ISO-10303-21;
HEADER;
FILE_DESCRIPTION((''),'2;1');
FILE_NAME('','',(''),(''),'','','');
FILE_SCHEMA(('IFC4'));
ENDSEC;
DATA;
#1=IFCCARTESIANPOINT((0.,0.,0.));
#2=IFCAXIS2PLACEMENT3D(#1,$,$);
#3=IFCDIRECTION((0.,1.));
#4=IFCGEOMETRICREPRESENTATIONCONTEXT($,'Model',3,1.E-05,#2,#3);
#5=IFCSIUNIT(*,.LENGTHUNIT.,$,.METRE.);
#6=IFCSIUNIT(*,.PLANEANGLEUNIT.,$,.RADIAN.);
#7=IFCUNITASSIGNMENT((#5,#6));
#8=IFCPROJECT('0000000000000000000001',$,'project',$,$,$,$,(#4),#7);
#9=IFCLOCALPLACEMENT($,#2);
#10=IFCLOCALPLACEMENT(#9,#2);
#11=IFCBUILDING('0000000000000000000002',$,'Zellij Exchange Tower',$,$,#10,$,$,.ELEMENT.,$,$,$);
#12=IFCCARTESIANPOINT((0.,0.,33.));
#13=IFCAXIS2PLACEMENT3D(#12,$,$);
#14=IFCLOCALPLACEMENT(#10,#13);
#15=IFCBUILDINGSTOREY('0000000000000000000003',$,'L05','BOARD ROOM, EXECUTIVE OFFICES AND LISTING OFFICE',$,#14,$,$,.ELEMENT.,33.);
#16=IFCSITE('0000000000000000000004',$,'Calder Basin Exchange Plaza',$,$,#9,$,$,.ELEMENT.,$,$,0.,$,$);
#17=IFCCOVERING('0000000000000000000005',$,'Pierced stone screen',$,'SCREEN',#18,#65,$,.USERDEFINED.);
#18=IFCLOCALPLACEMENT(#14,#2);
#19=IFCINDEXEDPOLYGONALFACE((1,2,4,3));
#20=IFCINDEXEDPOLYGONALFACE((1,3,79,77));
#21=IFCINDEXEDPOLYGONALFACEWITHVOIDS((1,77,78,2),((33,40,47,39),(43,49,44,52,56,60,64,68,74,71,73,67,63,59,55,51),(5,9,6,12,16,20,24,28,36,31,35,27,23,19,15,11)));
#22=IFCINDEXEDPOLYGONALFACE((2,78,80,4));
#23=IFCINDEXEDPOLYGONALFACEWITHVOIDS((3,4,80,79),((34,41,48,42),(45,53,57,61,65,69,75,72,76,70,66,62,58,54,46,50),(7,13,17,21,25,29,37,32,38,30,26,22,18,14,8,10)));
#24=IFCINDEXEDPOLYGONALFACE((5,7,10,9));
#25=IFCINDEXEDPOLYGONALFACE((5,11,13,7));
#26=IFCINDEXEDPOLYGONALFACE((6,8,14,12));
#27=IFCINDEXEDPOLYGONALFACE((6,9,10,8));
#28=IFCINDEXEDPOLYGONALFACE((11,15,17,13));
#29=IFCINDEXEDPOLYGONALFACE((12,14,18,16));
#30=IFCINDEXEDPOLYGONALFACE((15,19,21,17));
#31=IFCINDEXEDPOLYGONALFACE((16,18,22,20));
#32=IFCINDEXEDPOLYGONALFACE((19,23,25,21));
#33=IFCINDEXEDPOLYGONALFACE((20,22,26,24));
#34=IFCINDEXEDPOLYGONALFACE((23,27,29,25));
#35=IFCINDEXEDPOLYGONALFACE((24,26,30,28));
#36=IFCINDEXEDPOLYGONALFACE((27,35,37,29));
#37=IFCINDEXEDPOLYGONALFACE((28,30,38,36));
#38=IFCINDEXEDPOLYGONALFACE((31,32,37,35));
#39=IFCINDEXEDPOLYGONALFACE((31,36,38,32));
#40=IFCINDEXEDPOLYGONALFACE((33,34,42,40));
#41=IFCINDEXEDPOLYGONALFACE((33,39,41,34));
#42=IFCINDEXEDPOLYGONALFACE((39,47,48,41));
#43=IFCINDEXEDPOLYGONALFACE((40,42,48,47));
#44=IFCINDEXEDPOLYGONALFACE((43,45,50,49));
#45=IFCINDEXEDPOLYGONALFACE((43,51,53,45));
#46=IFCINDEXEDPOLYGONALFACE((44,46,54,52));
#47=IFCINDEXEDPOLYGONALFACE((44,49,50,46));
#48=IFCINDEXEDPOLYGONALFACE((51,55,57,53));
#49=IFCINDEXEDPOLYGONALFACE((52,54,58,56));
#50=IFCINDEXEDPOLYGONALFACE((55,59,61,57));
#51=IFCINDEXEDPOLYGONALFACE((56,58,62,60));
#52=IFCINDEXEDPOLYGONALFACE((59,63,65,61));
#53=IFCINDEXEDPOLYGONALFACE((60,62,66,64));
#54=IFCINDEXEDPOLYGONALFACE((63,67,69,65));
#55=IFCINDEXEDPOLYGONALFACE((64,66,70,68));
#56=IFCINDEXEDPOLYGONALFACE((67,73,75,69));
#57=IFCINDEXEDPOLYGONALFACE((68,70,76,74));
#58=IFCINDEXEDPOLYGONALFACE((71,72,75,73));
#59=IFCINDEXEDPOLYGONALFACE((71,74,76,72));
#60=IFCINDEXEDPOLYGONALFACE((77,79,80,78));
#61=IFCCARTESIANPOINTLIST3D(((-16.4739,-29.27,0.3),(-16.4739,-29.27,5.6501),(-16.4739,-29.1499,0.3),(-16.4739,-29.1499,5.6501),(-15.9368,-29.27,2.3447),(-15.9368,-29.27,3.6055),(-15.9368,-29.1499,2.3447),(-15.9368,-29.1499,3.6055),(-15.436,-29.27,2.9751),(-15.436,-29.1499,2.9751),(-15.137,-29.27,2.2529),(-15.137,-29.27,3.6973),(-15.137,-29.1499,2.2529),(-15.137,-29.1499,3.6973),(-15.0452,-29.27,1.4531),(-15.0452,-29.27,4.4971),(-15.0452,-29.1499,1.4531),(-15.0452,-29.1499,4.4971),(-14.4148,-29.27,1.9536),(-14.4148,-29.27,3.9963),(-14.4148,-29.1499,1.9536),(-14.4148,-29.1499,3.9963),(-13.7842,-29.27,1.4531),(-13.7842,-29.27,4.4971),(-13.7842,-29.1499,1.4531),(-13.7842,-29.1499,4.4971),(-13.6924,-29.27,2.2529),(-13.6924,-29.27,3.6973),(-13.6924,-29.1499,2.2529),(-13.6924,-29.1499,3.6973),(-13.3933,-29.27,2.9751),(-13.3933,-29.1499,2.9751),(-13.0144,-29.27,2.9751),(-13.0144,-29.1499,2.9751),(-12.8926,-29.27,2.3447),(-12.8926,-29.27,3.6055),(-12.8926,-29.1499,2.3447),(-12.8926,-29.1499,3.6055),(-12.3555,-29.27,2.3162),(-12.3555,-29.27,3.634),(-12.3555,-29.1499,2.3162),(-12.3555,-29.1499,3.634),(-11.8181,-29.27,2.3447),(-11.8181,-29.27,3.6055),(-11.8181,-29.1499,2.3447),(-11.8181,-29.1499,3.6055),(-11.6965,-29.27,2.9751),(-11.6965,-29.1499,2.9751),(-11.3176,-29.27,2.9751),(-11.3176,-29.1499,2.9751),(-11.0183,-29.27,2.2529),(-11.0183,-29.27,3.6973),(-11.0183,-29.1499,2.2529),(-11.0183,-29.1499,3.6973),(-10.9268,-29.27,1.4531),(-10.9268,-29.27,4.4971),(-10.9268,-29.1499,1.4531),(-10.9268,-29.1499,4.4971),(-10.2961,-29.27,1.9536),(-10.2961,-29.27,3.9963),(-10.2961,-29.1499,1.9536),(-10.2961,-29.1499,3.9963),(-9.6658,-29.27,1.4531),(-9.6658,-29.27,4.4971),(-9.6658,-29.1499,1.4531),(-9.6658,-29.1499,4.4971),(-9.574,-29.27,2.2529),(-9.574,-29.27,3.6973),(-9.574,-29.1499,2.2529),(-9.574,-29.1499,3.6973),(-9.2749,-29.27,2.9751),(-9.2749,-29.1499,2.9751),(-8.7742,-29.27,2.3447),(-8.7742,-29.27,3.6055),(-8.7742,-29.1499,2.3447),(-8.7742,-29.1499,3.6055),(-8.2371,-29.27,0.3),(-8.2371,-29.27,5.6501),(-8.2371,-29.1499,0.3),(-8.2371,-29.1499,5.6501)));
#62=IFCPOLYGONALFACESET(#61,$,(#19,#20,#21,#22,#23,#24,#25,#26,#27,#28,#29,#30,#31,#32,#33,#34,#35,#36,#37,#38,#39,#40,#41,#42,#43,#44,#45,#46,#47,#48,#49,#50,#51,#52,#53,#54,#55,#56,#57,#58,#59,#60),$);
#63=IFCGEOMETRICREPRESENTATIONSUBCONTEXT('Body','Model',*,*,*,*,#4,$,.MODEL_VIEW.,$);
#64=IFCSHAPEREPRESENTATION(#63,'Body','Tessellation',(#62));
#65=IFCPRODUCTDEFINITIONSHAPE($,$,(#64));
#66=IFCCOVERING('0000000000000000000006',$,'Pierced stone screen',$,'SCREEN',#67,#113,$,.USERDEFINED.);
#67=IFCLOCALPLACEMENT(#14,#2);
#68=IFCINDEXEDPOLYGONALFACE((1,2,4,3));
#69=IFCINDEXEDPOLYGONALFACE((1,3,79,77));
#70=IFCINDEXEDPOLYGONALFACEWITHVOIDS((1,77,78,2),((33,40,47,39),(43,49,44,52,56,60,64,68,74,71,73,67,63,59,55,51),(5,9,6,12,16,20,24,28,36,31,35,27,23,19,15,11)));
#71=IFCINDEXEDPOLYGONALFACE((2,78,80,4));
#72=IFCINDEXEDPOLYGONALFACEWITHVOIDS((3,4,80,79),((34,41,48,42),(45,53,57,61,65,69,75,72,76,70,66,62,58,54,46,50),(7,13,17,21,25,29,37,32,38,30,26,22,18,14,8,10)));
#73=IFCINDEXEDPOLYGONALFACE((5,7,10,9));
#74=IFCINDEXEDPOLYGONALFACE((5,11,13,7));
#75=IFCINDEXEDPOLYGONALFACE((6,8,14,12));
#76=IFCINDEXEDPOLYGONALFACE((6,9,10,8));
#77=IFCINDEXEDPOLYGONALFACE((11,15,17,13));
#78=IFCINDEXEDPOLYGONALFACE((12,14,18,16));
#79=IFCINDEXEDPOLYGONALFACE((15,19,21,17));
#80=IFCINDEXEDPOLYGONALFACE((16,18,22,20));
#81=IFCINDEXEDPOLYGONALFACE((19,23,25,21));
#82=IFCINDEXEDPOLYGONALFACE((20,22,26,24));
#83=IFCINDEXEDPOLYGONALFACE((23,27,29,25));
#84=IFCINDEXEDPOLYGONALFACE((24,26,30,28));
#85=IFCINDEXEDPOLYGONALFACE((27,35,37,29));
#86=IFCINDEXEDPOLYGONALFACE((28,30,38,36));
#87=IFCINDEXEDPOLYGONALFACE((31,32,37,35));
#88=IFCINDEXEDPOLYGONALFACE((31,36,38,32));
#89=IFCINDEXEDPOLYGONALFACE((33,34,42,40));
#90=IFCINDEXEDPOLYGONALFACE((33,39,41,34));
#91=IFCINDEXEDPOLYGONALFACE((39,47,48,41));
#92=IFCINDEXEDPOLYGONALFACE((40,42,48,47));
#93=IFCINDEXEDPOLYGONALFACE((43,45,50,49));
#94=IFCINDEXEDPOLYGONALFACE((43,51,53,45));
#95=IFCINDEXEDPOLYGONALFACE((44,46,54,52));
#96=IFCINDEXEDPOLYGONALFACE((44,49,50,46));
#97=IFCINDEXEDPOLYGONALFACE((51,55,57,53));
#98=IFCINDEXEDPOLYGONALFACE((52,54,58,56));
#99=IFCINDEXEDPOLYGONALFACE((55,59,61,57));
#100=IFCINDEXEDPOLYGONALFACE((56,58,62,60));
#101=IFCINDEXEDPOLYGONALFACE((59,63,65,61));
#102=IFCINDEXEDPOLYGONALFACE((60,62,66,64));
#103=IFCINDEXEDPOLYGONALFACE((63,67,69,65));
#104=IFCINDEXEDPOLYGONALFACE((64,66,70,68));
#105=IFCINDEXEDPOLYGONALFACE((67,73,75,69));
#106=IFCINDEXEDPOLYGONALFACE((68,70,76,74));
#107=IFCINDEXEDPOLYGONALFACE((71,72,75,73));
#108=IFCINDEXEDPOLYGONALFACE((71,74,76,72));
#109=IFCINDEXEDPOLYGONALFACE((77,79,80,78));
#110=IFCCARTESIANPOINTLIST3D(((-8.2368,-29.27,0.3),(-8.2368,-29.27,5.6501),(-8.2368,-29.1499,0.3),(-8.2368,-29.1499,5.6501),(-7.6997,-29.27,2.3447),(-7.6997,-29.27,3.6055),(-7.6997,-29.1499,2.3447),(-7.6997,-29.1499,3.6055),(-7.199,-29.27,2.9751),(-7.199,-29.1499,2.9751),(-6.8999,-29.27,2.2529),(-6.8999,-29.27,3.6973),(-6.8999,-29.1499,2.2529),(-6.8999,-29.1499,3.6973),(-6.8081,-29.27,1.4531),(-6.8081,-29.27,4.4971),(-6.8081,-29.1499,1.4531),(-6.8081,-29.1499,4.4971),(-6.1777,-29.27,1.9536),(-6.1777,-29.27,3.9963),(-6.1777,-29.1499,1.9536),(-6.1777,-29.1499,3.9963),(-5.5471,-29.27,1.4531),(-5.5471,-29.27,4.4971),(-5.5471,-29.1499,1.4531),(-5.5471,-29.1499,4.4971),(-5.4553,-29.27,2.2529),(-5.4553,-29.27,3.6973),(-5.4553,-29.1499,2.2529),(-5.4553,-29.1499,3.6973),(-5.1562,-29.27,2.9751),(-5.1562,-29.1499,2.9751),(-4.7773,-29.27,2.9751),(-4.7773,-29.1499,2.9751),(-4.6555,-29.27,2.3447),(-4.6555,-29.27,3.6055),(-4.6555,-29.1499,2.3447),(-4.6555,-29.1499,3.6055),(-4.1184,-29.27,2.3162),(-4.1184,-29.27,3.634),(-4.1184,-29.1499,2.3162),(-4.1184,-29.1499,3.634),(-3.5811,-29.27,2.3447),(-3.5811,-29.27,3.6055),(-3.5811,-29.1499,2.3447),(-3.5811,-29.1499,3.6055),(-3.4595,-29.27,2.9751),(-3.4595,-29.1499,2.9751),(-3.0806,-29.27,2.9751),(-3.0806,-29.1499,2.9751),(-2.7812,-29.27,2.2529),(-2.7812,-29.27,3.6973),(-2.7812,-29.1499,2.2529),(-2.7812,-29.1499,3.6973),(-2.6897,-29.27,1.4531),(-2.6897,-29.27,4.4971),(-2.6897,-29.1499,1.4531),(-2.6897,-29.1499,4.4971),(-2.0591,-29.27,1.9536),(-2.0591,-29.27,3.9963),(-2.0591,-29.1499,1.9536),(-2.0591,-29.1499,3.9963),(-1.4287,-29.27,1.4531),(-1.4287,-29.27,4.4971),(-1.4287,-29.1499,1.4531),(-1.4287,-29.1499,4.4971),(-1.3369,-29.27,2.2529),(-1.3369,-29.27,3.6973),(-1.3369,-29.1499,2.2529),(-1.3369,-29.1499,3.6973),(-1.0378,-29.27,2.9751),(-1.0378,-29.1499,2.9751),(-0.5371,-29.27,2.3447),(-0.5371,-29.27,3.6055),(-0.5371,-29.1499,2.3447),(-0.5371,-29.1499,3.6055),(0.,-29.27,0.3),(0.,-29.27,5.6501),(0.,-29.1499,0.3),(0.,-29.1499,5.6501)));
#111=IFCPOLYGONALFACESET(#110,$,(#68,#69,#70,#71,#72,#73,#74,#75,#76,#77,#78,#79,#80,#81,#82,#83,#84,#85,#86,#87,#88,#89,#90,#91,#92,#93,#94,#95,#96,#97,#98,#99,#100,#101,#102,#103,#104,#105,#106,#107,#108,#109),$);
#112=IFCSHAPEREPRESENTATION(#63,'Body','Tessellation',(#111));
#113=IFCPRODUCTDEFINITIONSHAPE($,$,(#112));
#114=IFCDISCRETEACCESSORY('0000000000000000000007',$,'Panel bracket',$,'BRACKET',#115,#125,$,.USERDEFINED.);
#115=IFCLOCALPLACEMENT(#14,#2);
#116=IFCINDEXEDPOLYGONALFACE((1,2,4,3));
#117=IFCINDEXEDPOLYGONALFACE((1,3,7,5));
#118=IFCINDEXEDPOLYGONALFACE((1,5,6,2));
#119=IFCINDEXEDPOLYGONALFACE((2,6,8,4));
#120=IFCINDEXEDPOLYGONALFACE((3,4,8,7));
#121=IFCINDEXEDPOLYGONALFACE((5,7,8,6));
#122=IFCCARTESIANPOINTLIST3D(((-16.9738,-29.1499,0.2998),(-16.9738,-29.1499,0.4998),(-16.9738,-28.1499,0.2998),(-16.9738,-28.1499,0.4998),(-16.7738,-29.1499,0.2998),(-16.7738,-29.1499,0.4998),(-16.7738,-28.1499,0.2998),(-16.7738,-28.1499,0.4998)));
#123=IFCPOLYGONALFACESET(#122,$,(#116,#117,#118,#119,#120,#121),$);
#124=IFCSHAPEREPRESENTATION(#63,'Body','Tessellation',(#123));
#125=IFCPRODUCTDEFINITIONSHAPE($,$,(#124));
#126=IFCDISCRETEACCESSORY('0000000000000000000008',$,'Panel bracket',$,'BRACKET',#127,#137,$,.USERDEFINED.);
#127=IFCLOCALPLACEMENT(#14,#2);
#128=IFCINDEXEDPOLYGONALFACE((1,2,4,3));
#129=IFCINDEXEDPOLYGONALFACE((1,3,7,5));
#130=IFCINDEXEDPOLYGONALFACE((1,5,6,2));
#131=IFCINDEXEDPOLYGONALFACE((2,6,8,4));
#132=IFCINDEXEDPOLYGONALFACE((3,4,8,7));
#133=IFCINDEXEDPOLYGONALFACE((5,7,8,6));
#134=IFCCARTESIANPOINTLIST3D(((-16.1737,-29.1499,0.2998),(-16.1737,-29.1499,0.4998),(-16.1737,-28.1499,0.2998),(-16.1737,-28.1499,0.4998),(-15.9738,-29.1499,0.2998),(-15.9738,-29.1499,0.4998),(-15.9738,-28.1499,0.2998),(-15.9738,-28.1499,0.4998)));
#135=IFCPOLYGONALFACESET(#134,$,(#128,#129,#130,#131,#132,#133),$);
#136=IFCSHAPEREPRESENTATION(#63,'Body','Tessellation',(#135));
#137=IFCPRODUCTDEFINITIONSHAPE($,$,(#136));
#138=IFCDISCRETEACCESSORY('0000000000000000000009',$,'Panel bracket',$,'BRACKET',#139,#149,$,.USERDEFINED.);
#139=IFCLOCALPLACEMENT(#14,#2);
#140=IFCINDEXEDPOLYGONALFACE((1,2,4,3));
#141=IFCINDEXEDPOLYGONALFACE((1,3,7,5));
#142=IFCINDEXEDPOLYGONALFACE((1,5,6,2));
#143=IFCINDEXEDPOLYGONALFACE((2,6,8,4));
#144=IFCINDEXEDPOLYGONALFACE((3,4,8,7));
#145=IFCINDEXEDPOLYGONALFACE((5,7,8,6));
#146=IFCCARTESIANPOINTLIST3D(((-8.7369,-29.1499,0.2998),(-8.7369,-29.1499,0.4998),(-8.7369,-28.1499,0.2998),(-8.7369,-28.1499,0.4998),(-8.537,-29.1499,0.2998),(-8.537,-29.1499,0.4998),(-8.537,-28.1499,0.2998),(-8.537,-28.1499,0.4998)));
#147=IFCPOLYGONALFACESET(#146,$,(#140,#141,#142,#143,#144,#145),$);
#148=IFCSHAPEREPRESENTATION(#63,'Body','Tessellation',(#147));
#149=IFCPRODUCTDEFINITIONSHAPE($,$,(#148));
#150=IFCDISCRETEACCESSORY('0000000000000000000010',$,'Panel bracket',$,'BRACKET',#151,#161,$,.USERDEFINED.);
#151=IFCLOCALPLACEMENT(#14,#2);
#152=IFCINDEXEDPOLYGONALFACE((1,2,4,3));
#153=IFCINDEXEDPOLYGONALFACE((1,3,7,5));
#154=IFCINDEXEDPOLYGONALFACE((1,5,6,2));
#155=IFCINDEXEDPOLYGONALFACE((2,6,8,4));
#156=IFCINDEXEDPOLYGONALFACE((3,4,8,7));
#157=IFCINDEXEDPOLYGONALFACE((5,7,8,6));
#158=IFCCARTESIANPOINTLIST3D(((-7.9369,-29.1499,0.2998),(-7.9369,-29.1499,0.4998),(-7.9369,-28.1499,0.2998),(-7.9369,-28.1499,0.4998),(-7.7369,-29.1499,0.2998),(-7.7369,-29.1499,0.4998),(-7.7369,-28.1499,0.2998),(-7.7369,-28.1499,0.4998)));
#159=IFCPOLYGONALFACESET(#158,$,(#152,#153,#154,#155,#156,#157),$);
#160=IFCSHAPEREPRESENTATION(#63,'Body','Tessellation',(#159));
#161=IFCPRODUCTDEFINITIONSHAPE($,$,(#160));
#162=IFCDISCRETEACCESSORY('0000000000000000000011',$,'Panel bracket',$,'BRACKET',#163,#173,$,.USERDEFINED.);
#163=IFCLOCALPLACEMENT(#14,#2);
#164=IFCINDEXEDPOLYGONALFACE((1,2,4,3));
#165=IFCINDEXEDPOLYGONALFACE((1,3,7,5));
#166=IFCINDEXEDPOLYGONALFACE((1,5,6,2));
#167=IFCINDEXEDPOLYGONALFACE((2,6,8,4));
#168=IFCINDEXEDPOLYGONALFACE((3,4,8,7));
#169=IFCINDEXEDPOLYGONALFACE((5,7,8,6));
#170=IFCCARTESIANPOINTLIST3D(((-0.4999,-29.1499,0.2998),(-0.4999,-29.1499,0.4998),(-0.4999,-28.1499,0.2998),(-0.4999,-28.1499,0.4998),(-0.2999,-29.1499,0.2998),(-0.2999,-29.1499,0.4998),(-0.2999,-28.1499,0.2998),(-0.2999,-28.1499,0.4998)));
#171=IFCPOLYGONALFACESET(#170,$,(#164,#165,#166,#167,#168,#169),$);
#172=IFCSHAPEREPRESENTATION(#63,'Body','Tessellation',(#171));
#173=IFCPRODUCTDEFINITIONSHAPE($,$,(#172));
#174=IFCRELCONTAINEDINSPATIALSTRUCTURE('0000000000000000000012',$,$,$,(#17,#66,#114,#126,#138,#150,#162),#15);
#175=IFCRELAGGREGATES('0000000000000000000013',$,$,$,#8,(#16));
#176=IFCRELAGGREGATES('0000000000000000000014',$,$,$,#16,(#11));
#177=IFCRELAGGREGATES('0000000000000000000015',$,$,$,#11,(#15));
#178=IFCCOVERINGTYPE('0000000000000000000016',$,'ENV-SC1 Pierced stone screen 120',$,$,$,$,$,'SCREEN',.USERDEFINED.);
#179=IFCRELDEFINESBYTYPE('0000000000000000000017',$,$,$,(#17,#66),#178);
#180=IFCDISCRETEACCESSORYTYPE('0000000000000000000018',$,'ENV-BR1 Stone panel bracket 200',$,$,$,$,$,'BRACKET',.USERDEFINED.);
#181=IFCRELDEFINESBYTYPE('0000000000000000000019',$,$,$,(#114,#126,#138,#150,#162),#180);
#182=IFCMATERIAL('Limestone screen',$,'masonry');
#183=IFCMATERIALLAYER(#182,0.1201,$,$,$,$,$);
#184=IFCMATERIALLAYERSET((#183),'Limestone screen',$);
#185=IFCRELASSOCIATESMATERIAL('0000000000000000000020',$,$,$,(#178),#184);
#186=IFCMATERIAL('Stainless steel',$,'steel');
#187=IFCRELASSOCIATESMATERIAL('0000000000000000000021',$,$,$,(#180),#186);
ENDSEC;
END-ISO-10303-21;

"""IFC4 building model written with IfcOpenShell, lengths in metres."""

from ifc_helpers import new_model, si_unit, direction, frame, origin, origin_2d, place, context, subcontext, project, spatial, polyline, rectangle, outline, extrude, material, layer, layer_set, type_object, element, save


model = new_model("IFC4")

# Units and contexts
model_context = context("Model", 3, precision=1e-05, world=origin(), true_north=direction((0.0, 1.0)))
body_context = subcontext(model_context, "Body", "Model", "MODEL_VIEW")
ifc_project = project(units=[si_unit("LENGTHUNIT", "METRE"), si_unit("PLANEANGLEUNIT", "RADIAN")], contexts=[model_context])

# Site, building, storey
site_placement = place(None, origin())
site = spatial("IfcSite", under=ifc_project, at=site_placement, Name="Calder Basin Exchange Plaza", CompositionType="ELEMENT", RefElevation=0.0)
building_placement = place(site_placement, origin())
building = spatial("IfcBuilding", under=site, at=building_placement, Name="Zellij Exchange Tower", CompositionType="ELEMENT")
storey_placement = place(building_placement, frame((0.0, 0.0, 33.0)))
storey = spatial("IfcBuildingStorey", under=building, at=storey_placement, Name="L05", Description="BOARD ROOM, EXECUTIVE OFFICES AND LISTING OFFICE", CompositionType="ELEMENT", Elevation=33.0)

# Coverings
ifc_material_1 = material(Name="Limestone screen", Category="masonry")
ifc_layer_1 = layer(ifc_material_1, 0.1201)
ifc_layer_set_1 = layer_set([ifc_layer_1], Name="Limestone screen")
covering_type = type_object("IfcCoveringType", Name="ENV-SC1 Pierced stone screen 120", ElementType="SCREEN", PredefinedType="USERDEFINED", material=ifc_layer_set_1)
for number, where, z_axis, x_axis, name in (
    (1, (-16.4739, -29.21, 0.3), (0.0, 0.0, 1.0), (1.0, 0.0, 0.0), "Pierced stone screen"),
    (2, (-8.2368, -29.21, 0.3), (0.0, 0.0, 1.0), (1.0, 0.0, 0.0), "Pierced stone screen"),
):
    element("IfcCovering", number, at=place(storey_placement, frame(where, z_axis=z_axis, x_axis=x_axis)), inside=storey, type_object=covering_type, Name=name, ObjectType="SCREEN", PredefinedType="USERDEFINED", context=body_context, shape_type="SweptSolid", body=[
        extrude(outline(polyline([(0.0, 0.0), (8.2368, 0.0), (8.2368, 5.3501), (0.0, 5.3501), (0.0, 0.0)]), holes=[polyline([(3.5813, 3.3054), (2.7815, 3.3972), (2.6897, 4.197), (2.0591, 3.6963), (1.4287, 4.197), (1.3369, 3.3972), (0.5371, 3.3054), (1.0378, 2.675), (0.5371, 2.0447), (1.3369, 1.9529), (1.4287, 1.1531), (2.0591, 1.6536), (2.6897, 1.1531), (2.7815, 1.9529), (3.5813, 2.0447), (3.0806, 2.675), (3.5813, 3.3054)]), polyline([(7.6997, 3.3054), (6.8999, 3.3972), (6.8081, 4.197), (6.1777, 3.6963), (5.5471, 4.197), (5.4556, 3.3972), (4.6558, 3.3054), (5.1562, 2.675), (4.6558, 2.0447), (5.4556, 1.9529), (5.5471, 1.1531), (6.1777, 1.6536), (6.8081, 1.1531), (6.8999, 1.9529), (7.6997, 2.0447), (7.199, 2.675), (7.6997, 3.3054)]), polyline([(4.7773, 2.675), (4.1184, 3.334), (3.4595, 2.675), (4.1184, 2.0161), (4.7773, 2.675)])]), frame((0.0, 0.0601, 0.0), z_axis=(0.0, -1.0, 0.0), x_axis=(1.0, 0.0, 0.0)), (0.0, 0.0, 1.0), 0.1201),
    ])

# Discrete accessories
ifc_material_2 = material(Name="Stainless steel", Category="steel")
discrete_accessory_type = type_object("IfcDiscreteAccessoryType", Name="ENV-BR1 Stone panel bracket 200", ElementType="BRACKET", PredefinedType="USERDEFINED", material=ifc_material_2)
for number, where, z_axis, x_axis, name in (
    (3, (-16.8738, -28.6499, 0.2998), (0.0, 0.0, 1.0), (1.0, 0.0, 0.0), "Panel bracket"),
    (4, (-16.0737, -28.6499, 0.2998), (0.0, 0.0, 1.0), (1.0, 0.0, 0.0), "Panel bracket"),
    (5, (-8.637, -28.6499, 0.2998), (0.0, 0.0, 1.0), (1.0, 0.0, 0.0), "Panel bracket"),
    (6, (-7.8369, -28.6499, 0.2998), (0.0, 0.0, 1.0), (1.0, 0.0, 0.0), "Panel bracket"),
    (7, (-0.3999, -28.6499, 0.2998), (0.0, 0.0, 1.0), (1.0, 0.0, 0.0), "Panel bracket"),
):
    element("IfcDiscreteAccessory", number, at=place(storey_placement, frame(where, z_axis=z_axis, x_axis=x_axis)), inside=storey, type_object=discrete_accessory_type, Name=name, ObjectType="BRACKET", PredefinedType="USERDEFINED", context=body_context, shape_type="SweptSolid", body=[
        extrude(rectangle(XDim=0.2, YDim=1.0, at=origin_2d()), origin(), (0.0, 0.0, 1.0), 0.2),
    ])

save(model, "model.ifc")
